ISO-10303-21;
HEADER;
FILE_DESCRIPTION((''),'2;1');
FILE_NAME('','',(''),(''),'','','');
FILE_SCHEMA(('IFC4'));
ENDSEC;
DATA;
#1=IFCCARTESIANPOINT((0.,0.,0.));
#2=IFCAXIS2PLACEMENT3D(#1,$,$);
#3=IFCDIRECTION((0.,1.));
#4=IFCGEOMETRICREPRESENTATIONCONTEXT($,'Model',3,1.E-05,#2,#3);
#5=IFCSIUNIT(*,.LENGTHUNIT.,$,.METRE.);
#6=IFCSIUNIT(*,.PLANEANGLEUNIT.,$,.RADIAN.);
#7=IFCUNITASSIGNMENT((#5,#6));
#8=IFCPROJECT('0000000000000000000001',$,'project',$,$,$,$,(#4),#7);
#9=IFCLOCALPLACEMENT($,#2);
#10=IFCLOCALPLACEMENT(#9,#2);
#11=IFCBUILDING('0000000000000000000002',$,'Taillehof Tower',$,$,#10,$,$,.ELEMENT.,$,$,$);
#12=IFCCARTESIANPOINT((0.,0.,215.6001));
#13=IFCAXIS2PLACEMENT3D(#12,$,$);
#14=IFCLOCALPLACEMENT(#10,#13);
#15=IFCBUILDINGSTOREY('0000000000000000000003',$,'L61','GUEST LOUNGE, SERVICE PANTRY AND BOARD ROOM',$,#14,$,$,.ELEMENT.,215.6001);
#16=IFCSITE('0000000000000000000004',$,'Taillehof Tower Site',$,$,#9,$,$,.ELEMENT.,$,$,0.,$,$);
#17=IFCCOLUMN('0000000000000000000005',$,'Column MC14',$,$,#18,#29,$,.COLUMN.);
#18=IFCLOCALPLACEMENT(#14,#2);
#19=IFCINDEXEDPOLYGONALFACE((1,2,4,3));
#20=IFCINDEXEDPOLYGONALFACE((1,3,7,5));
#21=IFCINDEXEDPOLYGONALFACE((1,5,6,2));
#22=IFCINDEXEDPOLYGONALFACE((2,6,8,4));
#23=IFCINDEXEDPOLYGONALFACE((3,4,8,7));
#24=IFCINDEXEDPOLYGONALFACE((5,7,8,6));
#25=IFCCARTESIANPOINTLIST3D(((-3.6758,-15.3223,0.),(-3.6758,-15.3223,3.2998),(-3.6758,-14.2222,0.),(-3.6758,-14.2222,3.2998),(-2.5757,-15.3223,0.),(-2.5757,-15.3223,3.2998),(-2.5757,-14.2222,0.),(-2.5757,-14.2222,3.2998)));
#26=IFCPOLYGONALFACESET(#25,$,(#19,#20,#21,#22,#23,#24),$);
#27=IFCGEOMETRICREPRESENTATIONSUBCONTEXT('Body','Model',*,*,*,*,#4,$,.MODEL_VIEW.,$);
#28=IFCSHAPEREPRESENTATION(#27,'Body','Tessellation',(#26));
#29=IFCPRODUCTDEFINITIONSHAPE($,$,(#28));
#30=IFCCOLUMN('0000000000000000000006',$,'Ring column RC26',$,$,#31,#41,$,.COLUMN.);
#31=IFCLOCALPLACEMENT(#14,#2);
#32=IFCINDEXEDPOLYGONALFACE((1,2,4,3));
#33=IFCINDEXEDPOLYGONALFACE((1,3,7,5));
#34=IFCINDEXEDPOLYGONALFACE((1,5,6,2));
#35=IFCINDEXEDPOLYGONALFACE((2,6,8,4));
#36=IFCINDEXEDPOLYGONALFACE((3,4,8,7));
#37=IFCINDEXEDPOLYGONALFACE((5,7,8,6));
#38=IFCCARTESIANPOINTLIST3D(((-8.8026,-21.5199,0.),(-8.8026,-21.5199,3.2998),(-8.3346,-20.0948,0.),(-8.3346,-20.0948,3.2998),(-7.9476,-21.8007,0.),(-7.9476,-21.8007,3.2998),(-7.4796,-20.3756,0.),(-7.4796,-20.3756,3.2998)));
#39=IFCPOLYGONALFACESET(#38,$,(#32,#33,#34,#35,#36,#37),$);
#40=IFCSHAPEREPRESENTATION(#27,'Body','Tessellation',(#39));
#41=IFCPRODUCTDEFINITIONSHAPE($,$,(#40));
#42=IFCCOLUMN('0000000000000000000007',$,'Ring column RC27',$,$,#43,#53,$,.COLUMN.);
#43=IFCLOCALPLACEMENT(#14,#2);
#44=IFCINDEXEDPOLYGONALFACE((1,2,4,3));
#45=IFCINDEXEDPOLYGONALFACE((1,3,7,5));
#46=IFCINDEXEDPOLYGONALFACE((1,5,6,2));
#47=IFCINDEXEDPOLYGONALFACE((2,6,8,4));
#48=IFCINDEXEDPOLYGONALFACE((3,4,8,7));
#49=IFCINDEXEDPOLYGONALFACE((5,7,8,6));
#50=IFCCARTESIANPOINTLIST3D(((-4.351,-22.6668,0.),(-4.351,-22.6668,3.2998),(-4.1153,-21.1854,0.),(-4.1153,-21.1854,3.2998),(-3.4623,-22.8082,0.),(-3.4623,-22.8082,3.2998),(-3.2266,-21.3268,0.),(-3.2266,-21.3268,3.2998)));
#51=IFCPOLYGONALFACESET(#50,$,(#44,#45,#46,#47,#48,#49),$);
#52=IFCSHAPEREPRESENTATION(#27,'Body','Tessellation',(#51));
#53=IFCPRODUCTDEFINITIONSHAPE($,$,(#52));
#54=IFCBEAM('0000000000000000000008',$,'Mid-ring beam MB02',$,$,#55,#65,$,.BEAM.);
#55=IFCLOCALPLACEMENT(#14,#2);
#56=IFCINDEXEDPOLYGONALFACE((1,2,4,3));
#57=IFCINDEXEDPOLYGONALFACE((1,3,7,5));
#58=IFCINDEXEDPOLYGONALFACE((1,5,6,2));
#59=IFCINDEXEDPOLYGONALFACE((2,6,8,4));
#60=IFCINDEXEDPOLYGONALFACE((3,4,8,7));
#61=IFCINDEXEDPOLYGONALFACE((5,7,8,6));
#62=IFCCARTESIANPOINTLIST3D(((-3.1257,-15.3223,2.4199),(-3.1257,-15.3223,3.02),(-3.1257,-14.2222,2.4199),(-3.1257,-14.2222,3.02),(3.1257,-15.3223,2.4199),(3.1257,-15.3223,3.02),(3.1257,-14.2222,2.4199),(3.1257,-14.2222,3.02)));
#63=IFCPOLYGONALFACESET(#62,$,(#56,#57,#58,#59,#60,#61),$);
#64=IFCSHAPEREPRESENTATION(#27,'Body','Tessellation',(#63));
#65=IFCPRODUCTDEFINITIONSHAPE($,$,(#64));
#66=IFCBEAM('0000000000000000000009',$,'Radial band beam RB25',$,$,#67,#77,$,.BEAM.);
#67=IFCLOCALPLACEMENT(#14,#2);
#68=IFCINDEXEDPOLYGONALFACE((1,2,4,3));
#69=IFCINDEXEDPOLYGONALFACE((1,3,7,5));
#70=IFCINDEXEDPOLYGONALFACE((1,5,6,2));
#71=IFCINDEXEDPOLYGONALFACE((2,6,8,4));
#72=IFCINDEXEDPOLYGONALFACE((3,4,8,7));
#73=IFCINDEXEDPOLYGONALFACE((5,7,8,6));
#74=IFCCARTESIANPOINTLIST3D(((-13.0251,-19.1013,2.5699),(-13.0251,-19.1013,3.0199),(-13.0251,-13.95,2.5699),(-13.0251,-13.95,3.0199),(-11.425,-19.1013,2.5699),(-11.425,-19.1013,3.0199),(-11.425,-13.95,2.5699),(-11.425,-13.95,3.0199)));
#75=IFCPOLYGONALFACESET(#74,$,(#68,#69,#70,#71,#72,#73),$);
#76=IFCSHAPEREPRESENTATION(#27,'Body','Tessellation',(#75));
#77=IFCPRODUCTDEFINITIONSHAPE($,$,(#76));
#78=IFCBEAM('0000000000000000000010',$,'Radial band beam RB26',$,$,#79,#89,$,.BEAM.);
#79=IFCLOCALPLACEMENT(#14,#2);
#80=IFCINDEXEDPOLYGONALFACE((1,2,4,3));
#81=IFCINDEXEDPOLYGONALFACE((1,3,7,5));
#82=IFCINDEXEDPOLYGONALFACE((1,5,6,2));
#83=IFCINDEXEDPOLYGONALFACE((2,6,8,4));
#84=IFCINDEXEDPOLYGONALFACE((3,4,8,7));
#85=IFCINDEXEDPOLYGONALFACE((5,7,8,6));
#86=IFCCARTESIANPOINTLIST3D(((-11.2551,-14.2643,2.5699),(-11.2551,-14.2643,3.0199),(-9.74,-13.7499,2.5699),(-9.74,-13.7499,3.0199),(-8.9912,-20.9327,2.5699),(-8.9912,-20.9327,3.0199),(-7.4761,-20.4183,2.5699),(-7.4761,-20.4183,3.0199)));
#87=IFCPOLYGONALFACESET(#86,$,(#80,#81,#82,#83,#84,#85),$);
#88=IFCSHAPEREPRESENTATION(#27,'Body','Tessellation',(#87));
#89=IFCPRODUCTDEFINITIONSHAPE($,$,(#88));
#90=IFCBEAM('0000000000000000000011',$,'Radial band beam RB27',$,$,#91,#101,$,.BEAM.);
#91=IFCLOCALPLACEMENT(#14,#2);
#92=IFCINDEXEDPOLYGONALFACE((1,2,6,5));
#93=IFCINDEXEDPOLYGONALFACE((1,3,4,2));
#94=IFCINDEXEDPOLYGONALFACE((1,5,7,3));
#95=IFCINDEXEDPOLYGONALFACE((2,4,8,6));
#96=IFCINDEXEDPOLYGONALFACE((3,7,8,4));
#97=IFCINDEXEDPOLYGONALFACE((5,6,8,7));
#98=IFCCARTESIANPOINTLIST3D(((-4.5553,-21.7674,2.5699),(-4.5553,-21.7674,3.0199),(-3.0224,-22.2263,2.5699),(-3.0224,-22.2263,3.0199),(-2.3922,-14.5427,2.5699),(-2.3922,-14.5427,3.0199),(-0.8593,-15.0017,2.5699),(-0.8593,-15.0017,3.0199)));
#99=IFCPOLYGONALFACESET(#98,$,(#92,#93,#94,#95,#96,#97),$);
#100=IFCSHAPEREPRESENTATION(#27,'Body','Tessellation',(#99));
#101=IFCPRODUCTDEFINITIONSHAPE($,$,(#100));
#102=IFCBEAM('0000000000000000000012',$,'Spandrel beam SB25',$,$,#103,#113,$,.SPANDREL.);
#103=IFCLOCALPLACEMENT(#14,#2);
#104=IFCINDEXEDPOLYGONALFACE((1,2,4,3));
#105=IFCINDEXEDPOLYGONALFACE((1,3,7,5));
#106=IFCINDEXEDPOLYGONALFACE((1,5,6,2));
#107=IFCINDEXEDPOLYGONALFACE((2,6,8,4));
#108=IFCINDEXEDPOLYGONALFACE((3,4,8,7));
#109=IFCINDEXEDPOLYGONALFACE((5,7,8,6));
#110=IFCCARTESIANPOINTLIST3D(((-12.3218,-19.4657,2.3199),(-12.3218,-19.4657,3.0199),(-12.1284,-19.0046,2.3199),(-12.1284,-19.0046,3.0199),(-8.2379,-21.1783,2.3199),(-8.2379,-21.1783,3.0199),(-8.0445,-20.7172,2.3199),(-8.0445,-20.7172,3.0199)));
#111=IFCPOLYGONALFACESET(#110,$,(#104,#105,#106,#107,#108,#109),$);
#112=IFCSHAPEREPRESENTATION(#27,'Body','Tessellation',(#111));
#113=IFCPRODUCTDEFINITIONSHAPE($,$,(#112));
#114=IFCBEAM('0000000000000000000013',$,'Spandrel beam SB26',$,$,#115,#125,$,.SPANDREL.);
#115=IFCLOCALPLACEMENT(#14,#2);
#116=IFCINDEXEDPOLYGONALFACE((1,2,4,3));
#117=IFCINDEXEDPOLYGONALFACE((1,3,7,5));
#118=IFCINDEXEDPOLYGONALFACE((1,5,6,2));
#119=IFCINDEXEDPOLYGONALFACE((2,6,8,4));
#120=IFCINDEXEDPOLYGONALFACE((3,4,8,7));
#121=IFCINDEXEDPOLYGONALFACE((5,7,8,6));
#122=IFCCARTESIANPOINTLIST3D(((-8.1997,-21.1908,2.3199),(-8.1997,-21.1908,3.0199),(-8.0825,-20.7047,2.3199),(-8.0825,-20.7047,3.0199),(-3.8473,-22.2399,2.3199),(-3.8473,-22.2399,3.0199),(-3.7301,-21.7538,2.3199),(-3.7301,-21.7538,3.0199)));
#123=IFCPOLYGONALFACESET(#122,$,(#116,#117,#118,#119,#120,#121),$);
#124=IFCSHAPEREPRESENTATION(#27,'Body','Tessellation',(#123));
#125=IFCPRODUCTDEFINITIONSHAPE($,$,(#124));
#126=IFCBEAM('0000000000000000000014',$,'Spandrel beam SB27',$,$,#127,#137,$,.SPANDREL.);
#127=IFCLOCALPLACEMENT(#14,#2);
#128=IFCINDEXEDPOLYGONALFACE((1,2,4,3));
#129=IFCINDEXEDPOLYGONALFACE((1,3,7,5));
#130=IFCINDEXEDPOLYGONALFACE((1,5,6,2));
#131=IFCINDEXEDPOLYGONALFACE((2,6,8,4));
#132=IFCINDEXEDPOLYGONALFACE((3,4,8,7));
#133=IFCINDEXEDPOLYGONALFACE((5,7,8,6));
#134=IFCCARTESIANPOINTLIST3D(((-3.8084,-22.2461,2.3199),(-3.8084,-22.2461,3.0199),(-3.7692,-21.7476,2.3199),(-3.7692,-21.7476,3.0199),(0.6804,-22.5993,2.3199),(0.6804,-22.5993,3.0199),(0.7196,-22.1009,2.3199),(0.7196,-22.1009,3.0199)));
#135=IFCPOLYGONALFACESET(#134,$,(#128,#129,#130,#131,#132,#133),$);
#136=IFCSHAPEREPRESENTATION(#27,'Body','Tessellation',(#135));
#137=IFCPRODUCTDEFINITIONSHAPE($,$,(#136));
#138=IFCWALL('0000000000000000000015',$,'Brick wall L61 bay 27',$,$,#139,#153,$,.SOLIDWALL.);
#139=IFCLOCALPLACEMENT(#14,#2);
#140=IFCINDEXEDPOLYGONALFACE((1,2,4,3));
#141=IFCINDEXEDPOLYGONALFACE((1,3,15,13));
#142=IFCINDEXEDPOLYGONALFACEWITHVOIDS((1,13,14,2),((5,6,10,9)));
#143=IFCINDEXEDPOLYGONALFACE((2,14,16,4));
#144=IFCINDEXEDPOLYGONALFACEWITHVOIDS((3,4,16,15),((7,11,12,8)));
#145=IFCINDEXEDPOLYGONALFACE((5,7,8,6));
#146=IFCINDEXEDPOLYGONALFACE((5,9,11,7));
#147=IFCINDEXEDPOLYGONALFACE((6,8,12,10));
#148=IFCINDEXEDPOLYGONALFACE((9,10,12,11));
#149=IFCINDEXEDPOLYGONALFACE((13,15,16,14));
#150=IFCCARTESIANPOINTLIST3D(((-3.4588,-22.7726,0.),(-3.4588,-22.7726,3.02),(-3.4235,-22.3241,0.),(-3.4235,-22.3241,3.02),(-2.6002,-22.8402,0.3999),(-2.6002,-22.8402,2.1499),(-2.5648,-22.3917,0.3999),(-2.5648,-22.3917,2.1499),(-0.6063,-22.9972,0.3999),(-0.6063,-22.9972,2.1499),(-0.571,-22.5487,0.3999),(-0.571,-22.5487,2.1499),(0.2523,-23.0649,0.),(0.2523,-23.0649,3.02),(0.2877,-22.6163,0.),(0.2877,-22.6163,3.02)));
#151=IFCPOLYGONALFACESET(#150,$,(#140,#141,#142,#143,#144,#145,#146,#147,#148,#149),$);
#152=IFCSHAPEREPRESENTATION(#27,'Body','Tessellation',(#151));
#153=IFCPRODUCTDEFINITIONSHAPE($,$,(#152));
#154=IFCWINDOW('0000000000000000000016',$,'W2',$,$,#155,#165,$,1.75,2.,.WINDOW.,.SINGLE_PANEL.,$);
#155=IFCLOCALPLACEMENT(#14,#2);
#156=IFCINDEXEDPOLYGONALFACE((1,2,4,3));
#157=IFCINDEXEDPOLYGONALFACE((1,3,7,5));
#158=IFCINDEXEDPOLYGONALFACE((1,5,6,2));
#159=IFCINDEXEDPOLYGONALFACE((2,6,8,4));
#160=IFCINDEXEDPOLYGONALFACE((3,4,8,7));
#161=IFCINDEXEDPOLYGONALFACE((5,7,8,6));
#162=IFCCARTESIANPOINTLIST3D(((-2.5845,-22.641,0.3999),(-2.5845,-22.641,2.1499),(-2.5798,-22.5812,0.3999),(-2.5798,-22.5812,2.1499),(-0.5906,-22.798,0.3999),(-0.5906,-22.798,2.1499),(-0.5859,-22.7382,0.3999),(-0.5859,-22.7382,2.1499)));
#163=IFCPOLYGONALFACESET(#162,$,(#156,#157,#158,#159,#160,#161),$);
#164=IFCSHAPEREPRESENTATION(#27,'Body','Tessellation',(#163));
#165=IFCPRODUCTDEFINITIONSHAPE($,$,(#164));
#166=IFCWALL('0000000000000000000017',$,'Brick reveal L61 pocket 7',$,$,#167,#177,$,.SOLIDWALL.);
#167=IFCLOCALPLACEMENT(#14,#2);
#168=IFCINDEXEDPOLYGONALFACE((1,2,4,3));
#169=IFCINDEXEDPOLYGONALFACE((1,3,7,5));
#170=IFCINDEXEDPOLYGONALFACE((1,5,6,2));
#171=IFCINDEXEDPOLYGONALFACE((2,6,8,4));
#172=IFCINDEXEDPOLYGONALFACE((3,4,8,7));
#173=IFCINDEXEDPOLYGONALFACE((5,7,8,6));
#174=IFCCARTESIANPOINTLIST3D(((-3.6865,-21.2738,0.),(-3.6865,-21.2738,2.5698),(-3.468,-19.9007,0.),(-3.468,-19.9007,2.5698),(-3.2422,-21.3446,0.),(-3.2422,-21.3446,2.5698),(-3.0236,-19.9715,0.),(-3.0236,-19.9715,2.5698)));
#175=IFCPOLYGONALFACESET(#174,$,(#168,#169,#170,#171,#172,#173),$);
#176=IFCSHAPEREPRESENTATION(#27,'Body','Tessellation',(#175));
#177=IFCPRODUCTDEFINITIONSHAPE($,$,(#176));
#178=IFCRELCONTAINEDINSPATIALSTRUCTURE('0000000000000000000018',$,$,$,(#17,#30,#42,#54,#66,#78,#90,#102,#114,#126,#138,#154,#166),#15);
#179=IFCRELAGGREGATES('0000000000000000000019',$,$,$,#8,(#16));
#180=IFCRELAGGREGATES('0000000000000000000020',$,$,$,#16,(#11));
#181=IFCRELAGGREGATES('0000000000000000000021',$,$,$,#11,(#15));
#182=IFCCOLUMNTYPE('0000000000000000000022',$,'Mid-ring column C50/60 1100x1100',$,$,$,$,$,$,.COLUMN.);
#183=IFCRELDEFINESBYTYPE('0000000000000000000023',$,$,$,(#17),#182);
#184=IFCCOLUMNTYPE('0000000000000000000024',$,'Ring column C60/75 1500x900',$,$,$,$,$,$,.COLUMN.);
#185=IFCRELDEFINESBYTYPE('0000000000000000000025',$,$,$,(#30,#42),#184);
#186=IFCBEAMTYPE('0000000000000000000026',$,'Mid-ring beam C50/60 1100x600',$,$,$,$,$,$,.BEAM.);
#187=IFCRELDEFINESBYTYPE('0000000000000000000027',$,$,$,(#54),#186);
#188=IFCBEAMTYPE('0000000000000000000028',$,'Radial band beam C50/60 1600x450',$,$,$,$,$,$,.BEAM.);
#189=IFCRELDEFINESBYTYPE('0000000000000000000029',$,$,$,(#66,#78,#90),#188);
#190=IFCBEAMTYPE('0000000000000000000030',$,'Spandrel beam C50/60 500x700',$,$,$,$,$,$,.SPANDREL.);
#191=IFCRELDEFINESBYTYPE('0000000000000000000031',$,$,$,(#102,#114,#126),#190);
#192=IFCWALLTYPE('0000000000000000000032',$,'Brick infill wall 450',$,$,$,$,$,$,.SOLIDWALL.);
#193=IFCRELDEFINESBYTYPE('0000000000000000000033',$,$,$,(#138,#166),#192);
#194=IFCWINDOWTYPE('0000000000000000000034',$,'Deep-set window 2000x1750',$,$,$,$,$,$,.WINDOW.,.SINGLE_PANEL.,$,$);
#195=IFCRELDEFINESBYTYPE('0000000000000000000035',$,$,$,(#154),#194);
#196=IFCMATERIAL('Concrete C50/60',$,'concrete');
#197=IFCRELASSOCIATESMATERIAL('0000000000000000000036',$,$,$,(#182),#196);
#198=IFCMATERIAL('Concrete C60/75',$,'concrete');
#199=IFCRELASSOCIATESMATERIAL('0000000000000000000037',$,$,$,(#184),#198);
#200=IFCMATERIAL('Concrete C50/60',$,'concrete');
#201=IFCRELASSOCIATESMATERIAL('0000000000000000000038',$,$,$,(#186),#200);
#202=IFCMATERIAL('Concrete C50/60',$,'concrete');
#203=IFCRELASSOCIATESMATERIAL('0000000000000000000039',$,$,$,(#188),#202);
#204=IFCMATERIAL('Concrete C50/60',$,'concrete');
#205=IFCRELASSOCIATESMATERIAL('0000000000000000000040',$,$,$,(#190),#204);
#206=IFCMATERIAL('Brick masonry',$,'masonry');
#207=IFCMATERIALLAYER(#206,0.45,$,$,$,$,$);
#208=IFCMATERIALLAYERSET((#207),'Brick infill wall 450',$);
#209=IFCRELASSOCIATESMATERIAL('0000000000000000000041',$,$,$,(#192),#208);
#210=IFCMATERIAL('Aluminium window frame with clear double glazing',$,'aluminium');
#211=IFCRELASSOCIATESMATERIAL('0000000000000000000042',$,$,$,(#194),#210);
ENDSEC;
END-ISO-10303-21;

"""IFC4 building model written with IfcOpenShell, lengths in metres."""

from ifc_helpers import new_model, si_unit, direction, frame, frame_2d, origin, origin_2d, place, context, subcontext, project, spatial, rectangle, extrude, material, layer, layer_set, material_profile, profile_set, type_object, element, fill, save


model = new_model("IFC4")

# Units and contexts
model_context = context("Model", 3, precision=1e-05, world=origin(), true_north=direction((0.0, 1.0)))
body_context = subcontext(model_context, "Body", "Model", "MODEL_VIEW")
ifc_project = project(units=[si_unit("LENGTHUNIT", "METRE"), si_unit("PLANEANGLEUNIT", "RADIAN")], contexts=[model_context])

# Site, building, storey
site_placement = place(None, origin())
site = spatial("IfcSite", under=ifc_project, at=site_placement, Name="Taillehof Tower Site", CompositionType="ELEMENT", RefElevation=0.0)
building_placement = place(site_placement, origin())
building = spatial("IfcBuilding", under=site, at=building_placement, Name="Taillehof Tower", CompositionType="ELEMENT")
storey_placement = place(building_placement, frame((0.0, 0.0, 215.6001)))
storey = spatial("IfcBuildingStorey", under=building, at=storey_placement, Name="L61", Description="GUEST LOUNGE, SERVICE PANTRY AND BOARD ROOM", CompositionType="ELEMENT", Elevation=215.6001)

# Columns
ifc_material_1 = material(Name="Concrete C50/60", Category="concrete")
ifc_material_profile_1 = material_profile(ifc_material_1, rectangle(XDim=1.1001, YDim=1.1001, at=origin_2d()), Name="RC 1100x1100")
ifc_profile_set_1 = profile_set([ifc_material_profile_1], Name="Concrete C50/60")
column_type_1 = type_object("IfcColumnType", Name="Mid-ring column C50/60 1100x1100", PredefinedType="COLUMN", material=ifc_profile_set_1)
column_placement = place(storey_placement, frame((-3.1257, -14.7722, 0.0), z_axis=(0.0, 0.0, 1.0), x_axis=(1.0, 0.0, 0.0)))
element("IfcColumn", 1, at=column_placement, inside=storey, type_object=column_type_1, Name="Column MC14", PredefinedType="COLUMN", context=body_context, shape_type="SweptSolid", body=[
    extrude(rectangle(XDim=1.1001, YDim=1.1001, at=origin_2d()), origin(), (0.0, 0.0, 1.0), 3.2998),
])
ifc_material_2 = material(Name="Concrete C60/75", Category="concrete")
ifc_material_profile_2 = material_profile(ifc_material_2, rectangle(XDim=1.5, YDim=0.8999, at=origin_2d()), Name="RC 1500x900")
ifc_profile_set_2 = profile_set([ifc_material_profile_2], Name="Concrete C60/75")
column_type_2 = type_object("IfcColumnType", Name="Ring column C60/75 1500x900", PredefinedType="COLUMN", material=ifc_profile_set_2)
for number, where, z_axis, x_axis, name in (
    (2, (-8.1411, -20.9478, 0.0), (0.0, 0.0, 1.0), (-0.312001, -0.950082, 0.0), "Ring column RC26"),
    (3, (-3.7888, -21.9968, 0.0), (0.0, 0.0, 1.0), (-0.157116, -0.98758, 0.0), "Ring column RC27"),
):
    element("IfcColumn", number, at=place(storey_placement, frame(where, z_axis=z_axis, x_axis=x_axis)), inside=storey, type_object=column_type_2, Name=name, PredefinedType="COLUMN", context=body_context, shape_type="SweptSolid", body=[
        extrude(rectangle(XDim=1.5, YDim=0.8999, at=origin_2d()), origin(), (0.0, 0.0, 1.0), 3.2998),
    ])

# Beams
ifc_material_3 = material(Name="Concrete C50/60", Category="concrete")
ifc_material_profile_3 = material_profile(ifc_material_3, rectangle(XDim=1.1001, YDim=0.6001, at=origin_2d()), Name="RC 1100x600")
ifc_profile_set_3 = profile_set([ifc_material_profile_3], Name="Concrete C50/60")
beam_type_1 = type_object("IfcBeamType", Name="Mid-ring beam C50/60 1100x600", PredefinedType="BEAM", material=ifc_profile_set_3)
beam_1_placement = place(storey_placement, frame((-3.1257, -14.7722, 2.72), z_axis=(1.0, 0.0, 0.0), x_axis=(0.0, 1.0, 0.0)))
element("IfcBeam", 4, at=beam_1_placement, inside=storey, type_object=beam_type_1, Name="Mid-ring beam MB02", PredefinedType="BEAM", context=body_context, shape_type="SweptSolid", body=[
    extrude(rectangle(XDim=1.1001, YDim=0.6001, at=origin_2d()), origin(), (0.0, 0.0, 1.0), 6.2515),
])
ifc_material_4 = material(Name="Concrete C50/60", Category="concrete")
ifc_material_profile_4 = material_profile(ifc_material_4, rectangle(XDim=1.6001, YDim=0.45, at=origin_2d()), Name="RC 1600x450")
ifc_profile_set_4 = profile_set([ifc_material_profile_4], Name="Concrete C50/60")
beam_type_2 = type_object("IfcBeamType", Name="Radial band beam C50/60 1600x450", PredefinedType="BEAM", material=ifc_profile_set_4)
beam_2_placement = place(storey_placement, frame((-12.2251, -19.1013, 2.7949), z_axis=(0.0, 1.0, 0.0), x_axis=(-1.0, 0.0, 0.0)))
element("IfcBeam", 5, at=beam_2_placement, inside=storey, type_object=beam_type_2, Name="Radial band beam RB25", PredefinedType="BEAM", context=body_context, shape_type="SweptSolid", body=[
    extrude(rectangle(XDim=1.6001, YDim=0.45, at=origin_2d()), origin(), (0.0, 0.0, 1.0), 5.1514),
])
beam_3_placement = place(storey_placement, frame((-8.2336, -20.6755, 2.7949), z_axis=(-0.321475, 0.946918, 0.0), x_axis=(-0.946918, -0.321475, 0.0)))
element("IfcBeam", 6, at=beam_3_placement, inside=storey, type_object=beam_type_2, Name="Radial band beam RB26", PredefinedType="BEAM", context=body_context, shape_type="SweptSolid", body=[
    extrude(rectangle(XDim=1.6001, YDim=0.45, at=origin_2d()), origin(), (0.0, 0.0, 1.0), 7.0422),
])
beam_4_placement = place(storey_placement, frame((-3.7888, -21.9968, 2.7949), z_axis=(0.286825, 0.957983, 0.0), x_axis=(-0.957983, 0.286825, 0.0)))
element("IfcBeam", 7, at=beam_4_placement, inside=storey, type_object=beam_type_2, Name="Radial band beam RB27", PredefinedType="BEAM", context=body_context, shape_type="SweptSolid", body=[
    extrude(rectangle(XDim=1.6001, YDim=0.45, at=origin_2d()), origin(), (0.0, 0.0, 1.0), 7.5415),
])
ifc_material_5 = material(Name="Concrete C50/60", Category="concrete")
ifc_material_profile_5 = material_profile(ifc_material_5, rectangle(XDim=0.5, YDim=0.7, at=origin_2d()), Name="RC 500x700")
ifc_profile_set_5 = profile_set([ifc_material_profile_5], Name="Concrete C50/60")
beam_type_3 = type_object("IfcBeamType", Name="Spandrel beam C50/60 500x700", PredefinedType="SPANDREL", material=ifc_profile_set_5)
beam_5_placement = place(storey_placement, frame((-12.2251, -19.2351, 2.6699), z_axis=(0.922194, -0.386728, 0.0), x_axis=(0.386728, 0.922194, 0.0)))
element("IfcBeam", 8, at=beam_5_placement, inside=storey, type_object=beam_type_3, Name="Spandrel beam SB25", PredefinedType="SPANDREL", context=body_context, shape_type="SweptSolid", body=[
    extrude(rectangle(XDim=0.5, YDim=0.7, at=origin_2d()), origin(), (0.0, 0.0, 1.0), 4.4285),
])
beam_6_placement = place(storey_placement, frame((-8.1411, -20.9478, 2.6699), z_axis=(0.972158, -0.234328, 0.0), x_axis=(0.234328, 0.972158, 0.0)))
element("IfcBeam", 9, at=beam_6_placement, inside=storey, type_object=beam_type_3, Name="Spandrel beam SB26", PredefinedType="SPANDREL", context=body_context, shape_type="SweptSolid", body=[
    extrude(rectangle(XDim=0.5, YDim=0.7, at=origin_2d()), origin(), (0.0, 0.0, 1.0), 4.4771),
])
beam_7_placement = place(storey_placement, frame((-3.7888, -21.9968, 2.6699), z_axis=(0.996917, -0.078459, 0.0), x_axis=(0.078459, 0.996917, 0.0)))
element("IfcBeam", 10, at=beam_7_placement, inside=storey, type_object=beam_type_3, Name="Spandrel beam SB27", PredefinedType="SPANDREL", context=body_context, shape_type="SweptSolid", body=[
    extrude(rectangle(XDim=0.5, YDim=0.7, at=origin_2d()), origin(), (0.0, 0.0, 1.0), 4.5027),
])

# Wall, opening, window
ifc_material_6 = material(Name="Brick masonry", Category="masonry")
ifc_layer_1 = layer(ifc_material_6, 0.45)
ifc_layer_set_1 = layer_set([ifc_layer_1], Name="Brick infill wall 450")
wall_type_1 = type_object("IfcWallType", Name="Brick infill wall 450", PredefinedType="SOLIDWALL", material=ifc_layer_set_1)
wall_1_placement = place(storey_placement, frame((-3.4412, -22.5483, 0.0), z_axis=(0.0, 0.0, 1.0), x_axis=(0.996914, -0.078502, 0.0)))
wall_1 = element("IfcWall", 11, at=wall_1_placement, inside=storey, type_object=wall_type_1, Name="Brick wall L61 bay 27", PredefinedType="SOLIDWALL", context=body_context, shape_type="SweptSolid", body=[
    extrude(rectangle(XDim=3.7227, YDim=0.45, at=frame_2d((1.8613, 0.0))), origin(), (0.0, 0.0, 1.0), 3.02),
])
opening_1_placement = place(wall_1_placement, frame((0.8613, 0.0, 0.3999)))
opening_1 = element("IfcOpeningElement", 12, at=opening_1_placement, cuts=wall_1, PredefinedType="OPENING", context=body_context, shape_type="SweptSolid", body=[
    extrude(rectangle(XDim=2.0, YDim=1.75, at=frame_2d((1.0, 0.875))), frame((0.0, 0.2349, 0.0), z_axis=(0.0, -1.0, 0.0), x_axis=(1.0, 0.0, 0.0)), (0.0, 0.0, 1.0), 0.47),
])
ifc_material_7 = material(Name="Aluminium window frame with clear double glazing", Category="aluminium")
window_type_1 = type_object("IfcWindowType", Name="Deep-set window 2000x1750", PartitioningType="SINGLE_PANEL", PredefinedType="WINDOW", material=ifc_material_7)
window_1_placement = place(opening_1_placement, origin())
window_1 = element("IfcWindow", 13, at=window_1_placement, inside=storey, type_object=window_type_1, Name="W2", OverallHeight=1.75, OverallWidth=2.0, PartitioningType="SINGLE_PANEL", PredefinedType="WINDOW", context=body_context, shape_type="SweptSolid", body=[
    extrude(rectangle(XDim=2.0, YDim=1.75, at=frame_2d((1.0, 0.875))), frame((0.0, 0.0349, 0.0), z_axis=(0.0, -1.0, 0.0), x_axis=(1.0, 0.0, 0.0)), (0.0, 0.0, 1.0), 0.0601),
])
fill(opening_1, window_1)

# Wall
wall_2_placement = place(storey_placement, frame((-3.4644, -21.3093, 0.0), z_axis=(0.0, 0.0, 1.0), x_axis=(0.157162, 0.987573, 0.0)))
element("IfcWall", 14, at=wall_2_placement, inside=storey, type_object=wall_type_1, Name="Brick reveal L61 pocket 7", PredefinedType="SOLIDWALL", context=body_context, shape_type="SweptSolid", body=[
    extrude(rectangle(XDim=1.3904, YDim=0.45, at=frame_2d((0.6953, 0.0))), origin(), (0.0, 0.0, 1.0), 2.5698),
])

save(model, "model.ifc")
